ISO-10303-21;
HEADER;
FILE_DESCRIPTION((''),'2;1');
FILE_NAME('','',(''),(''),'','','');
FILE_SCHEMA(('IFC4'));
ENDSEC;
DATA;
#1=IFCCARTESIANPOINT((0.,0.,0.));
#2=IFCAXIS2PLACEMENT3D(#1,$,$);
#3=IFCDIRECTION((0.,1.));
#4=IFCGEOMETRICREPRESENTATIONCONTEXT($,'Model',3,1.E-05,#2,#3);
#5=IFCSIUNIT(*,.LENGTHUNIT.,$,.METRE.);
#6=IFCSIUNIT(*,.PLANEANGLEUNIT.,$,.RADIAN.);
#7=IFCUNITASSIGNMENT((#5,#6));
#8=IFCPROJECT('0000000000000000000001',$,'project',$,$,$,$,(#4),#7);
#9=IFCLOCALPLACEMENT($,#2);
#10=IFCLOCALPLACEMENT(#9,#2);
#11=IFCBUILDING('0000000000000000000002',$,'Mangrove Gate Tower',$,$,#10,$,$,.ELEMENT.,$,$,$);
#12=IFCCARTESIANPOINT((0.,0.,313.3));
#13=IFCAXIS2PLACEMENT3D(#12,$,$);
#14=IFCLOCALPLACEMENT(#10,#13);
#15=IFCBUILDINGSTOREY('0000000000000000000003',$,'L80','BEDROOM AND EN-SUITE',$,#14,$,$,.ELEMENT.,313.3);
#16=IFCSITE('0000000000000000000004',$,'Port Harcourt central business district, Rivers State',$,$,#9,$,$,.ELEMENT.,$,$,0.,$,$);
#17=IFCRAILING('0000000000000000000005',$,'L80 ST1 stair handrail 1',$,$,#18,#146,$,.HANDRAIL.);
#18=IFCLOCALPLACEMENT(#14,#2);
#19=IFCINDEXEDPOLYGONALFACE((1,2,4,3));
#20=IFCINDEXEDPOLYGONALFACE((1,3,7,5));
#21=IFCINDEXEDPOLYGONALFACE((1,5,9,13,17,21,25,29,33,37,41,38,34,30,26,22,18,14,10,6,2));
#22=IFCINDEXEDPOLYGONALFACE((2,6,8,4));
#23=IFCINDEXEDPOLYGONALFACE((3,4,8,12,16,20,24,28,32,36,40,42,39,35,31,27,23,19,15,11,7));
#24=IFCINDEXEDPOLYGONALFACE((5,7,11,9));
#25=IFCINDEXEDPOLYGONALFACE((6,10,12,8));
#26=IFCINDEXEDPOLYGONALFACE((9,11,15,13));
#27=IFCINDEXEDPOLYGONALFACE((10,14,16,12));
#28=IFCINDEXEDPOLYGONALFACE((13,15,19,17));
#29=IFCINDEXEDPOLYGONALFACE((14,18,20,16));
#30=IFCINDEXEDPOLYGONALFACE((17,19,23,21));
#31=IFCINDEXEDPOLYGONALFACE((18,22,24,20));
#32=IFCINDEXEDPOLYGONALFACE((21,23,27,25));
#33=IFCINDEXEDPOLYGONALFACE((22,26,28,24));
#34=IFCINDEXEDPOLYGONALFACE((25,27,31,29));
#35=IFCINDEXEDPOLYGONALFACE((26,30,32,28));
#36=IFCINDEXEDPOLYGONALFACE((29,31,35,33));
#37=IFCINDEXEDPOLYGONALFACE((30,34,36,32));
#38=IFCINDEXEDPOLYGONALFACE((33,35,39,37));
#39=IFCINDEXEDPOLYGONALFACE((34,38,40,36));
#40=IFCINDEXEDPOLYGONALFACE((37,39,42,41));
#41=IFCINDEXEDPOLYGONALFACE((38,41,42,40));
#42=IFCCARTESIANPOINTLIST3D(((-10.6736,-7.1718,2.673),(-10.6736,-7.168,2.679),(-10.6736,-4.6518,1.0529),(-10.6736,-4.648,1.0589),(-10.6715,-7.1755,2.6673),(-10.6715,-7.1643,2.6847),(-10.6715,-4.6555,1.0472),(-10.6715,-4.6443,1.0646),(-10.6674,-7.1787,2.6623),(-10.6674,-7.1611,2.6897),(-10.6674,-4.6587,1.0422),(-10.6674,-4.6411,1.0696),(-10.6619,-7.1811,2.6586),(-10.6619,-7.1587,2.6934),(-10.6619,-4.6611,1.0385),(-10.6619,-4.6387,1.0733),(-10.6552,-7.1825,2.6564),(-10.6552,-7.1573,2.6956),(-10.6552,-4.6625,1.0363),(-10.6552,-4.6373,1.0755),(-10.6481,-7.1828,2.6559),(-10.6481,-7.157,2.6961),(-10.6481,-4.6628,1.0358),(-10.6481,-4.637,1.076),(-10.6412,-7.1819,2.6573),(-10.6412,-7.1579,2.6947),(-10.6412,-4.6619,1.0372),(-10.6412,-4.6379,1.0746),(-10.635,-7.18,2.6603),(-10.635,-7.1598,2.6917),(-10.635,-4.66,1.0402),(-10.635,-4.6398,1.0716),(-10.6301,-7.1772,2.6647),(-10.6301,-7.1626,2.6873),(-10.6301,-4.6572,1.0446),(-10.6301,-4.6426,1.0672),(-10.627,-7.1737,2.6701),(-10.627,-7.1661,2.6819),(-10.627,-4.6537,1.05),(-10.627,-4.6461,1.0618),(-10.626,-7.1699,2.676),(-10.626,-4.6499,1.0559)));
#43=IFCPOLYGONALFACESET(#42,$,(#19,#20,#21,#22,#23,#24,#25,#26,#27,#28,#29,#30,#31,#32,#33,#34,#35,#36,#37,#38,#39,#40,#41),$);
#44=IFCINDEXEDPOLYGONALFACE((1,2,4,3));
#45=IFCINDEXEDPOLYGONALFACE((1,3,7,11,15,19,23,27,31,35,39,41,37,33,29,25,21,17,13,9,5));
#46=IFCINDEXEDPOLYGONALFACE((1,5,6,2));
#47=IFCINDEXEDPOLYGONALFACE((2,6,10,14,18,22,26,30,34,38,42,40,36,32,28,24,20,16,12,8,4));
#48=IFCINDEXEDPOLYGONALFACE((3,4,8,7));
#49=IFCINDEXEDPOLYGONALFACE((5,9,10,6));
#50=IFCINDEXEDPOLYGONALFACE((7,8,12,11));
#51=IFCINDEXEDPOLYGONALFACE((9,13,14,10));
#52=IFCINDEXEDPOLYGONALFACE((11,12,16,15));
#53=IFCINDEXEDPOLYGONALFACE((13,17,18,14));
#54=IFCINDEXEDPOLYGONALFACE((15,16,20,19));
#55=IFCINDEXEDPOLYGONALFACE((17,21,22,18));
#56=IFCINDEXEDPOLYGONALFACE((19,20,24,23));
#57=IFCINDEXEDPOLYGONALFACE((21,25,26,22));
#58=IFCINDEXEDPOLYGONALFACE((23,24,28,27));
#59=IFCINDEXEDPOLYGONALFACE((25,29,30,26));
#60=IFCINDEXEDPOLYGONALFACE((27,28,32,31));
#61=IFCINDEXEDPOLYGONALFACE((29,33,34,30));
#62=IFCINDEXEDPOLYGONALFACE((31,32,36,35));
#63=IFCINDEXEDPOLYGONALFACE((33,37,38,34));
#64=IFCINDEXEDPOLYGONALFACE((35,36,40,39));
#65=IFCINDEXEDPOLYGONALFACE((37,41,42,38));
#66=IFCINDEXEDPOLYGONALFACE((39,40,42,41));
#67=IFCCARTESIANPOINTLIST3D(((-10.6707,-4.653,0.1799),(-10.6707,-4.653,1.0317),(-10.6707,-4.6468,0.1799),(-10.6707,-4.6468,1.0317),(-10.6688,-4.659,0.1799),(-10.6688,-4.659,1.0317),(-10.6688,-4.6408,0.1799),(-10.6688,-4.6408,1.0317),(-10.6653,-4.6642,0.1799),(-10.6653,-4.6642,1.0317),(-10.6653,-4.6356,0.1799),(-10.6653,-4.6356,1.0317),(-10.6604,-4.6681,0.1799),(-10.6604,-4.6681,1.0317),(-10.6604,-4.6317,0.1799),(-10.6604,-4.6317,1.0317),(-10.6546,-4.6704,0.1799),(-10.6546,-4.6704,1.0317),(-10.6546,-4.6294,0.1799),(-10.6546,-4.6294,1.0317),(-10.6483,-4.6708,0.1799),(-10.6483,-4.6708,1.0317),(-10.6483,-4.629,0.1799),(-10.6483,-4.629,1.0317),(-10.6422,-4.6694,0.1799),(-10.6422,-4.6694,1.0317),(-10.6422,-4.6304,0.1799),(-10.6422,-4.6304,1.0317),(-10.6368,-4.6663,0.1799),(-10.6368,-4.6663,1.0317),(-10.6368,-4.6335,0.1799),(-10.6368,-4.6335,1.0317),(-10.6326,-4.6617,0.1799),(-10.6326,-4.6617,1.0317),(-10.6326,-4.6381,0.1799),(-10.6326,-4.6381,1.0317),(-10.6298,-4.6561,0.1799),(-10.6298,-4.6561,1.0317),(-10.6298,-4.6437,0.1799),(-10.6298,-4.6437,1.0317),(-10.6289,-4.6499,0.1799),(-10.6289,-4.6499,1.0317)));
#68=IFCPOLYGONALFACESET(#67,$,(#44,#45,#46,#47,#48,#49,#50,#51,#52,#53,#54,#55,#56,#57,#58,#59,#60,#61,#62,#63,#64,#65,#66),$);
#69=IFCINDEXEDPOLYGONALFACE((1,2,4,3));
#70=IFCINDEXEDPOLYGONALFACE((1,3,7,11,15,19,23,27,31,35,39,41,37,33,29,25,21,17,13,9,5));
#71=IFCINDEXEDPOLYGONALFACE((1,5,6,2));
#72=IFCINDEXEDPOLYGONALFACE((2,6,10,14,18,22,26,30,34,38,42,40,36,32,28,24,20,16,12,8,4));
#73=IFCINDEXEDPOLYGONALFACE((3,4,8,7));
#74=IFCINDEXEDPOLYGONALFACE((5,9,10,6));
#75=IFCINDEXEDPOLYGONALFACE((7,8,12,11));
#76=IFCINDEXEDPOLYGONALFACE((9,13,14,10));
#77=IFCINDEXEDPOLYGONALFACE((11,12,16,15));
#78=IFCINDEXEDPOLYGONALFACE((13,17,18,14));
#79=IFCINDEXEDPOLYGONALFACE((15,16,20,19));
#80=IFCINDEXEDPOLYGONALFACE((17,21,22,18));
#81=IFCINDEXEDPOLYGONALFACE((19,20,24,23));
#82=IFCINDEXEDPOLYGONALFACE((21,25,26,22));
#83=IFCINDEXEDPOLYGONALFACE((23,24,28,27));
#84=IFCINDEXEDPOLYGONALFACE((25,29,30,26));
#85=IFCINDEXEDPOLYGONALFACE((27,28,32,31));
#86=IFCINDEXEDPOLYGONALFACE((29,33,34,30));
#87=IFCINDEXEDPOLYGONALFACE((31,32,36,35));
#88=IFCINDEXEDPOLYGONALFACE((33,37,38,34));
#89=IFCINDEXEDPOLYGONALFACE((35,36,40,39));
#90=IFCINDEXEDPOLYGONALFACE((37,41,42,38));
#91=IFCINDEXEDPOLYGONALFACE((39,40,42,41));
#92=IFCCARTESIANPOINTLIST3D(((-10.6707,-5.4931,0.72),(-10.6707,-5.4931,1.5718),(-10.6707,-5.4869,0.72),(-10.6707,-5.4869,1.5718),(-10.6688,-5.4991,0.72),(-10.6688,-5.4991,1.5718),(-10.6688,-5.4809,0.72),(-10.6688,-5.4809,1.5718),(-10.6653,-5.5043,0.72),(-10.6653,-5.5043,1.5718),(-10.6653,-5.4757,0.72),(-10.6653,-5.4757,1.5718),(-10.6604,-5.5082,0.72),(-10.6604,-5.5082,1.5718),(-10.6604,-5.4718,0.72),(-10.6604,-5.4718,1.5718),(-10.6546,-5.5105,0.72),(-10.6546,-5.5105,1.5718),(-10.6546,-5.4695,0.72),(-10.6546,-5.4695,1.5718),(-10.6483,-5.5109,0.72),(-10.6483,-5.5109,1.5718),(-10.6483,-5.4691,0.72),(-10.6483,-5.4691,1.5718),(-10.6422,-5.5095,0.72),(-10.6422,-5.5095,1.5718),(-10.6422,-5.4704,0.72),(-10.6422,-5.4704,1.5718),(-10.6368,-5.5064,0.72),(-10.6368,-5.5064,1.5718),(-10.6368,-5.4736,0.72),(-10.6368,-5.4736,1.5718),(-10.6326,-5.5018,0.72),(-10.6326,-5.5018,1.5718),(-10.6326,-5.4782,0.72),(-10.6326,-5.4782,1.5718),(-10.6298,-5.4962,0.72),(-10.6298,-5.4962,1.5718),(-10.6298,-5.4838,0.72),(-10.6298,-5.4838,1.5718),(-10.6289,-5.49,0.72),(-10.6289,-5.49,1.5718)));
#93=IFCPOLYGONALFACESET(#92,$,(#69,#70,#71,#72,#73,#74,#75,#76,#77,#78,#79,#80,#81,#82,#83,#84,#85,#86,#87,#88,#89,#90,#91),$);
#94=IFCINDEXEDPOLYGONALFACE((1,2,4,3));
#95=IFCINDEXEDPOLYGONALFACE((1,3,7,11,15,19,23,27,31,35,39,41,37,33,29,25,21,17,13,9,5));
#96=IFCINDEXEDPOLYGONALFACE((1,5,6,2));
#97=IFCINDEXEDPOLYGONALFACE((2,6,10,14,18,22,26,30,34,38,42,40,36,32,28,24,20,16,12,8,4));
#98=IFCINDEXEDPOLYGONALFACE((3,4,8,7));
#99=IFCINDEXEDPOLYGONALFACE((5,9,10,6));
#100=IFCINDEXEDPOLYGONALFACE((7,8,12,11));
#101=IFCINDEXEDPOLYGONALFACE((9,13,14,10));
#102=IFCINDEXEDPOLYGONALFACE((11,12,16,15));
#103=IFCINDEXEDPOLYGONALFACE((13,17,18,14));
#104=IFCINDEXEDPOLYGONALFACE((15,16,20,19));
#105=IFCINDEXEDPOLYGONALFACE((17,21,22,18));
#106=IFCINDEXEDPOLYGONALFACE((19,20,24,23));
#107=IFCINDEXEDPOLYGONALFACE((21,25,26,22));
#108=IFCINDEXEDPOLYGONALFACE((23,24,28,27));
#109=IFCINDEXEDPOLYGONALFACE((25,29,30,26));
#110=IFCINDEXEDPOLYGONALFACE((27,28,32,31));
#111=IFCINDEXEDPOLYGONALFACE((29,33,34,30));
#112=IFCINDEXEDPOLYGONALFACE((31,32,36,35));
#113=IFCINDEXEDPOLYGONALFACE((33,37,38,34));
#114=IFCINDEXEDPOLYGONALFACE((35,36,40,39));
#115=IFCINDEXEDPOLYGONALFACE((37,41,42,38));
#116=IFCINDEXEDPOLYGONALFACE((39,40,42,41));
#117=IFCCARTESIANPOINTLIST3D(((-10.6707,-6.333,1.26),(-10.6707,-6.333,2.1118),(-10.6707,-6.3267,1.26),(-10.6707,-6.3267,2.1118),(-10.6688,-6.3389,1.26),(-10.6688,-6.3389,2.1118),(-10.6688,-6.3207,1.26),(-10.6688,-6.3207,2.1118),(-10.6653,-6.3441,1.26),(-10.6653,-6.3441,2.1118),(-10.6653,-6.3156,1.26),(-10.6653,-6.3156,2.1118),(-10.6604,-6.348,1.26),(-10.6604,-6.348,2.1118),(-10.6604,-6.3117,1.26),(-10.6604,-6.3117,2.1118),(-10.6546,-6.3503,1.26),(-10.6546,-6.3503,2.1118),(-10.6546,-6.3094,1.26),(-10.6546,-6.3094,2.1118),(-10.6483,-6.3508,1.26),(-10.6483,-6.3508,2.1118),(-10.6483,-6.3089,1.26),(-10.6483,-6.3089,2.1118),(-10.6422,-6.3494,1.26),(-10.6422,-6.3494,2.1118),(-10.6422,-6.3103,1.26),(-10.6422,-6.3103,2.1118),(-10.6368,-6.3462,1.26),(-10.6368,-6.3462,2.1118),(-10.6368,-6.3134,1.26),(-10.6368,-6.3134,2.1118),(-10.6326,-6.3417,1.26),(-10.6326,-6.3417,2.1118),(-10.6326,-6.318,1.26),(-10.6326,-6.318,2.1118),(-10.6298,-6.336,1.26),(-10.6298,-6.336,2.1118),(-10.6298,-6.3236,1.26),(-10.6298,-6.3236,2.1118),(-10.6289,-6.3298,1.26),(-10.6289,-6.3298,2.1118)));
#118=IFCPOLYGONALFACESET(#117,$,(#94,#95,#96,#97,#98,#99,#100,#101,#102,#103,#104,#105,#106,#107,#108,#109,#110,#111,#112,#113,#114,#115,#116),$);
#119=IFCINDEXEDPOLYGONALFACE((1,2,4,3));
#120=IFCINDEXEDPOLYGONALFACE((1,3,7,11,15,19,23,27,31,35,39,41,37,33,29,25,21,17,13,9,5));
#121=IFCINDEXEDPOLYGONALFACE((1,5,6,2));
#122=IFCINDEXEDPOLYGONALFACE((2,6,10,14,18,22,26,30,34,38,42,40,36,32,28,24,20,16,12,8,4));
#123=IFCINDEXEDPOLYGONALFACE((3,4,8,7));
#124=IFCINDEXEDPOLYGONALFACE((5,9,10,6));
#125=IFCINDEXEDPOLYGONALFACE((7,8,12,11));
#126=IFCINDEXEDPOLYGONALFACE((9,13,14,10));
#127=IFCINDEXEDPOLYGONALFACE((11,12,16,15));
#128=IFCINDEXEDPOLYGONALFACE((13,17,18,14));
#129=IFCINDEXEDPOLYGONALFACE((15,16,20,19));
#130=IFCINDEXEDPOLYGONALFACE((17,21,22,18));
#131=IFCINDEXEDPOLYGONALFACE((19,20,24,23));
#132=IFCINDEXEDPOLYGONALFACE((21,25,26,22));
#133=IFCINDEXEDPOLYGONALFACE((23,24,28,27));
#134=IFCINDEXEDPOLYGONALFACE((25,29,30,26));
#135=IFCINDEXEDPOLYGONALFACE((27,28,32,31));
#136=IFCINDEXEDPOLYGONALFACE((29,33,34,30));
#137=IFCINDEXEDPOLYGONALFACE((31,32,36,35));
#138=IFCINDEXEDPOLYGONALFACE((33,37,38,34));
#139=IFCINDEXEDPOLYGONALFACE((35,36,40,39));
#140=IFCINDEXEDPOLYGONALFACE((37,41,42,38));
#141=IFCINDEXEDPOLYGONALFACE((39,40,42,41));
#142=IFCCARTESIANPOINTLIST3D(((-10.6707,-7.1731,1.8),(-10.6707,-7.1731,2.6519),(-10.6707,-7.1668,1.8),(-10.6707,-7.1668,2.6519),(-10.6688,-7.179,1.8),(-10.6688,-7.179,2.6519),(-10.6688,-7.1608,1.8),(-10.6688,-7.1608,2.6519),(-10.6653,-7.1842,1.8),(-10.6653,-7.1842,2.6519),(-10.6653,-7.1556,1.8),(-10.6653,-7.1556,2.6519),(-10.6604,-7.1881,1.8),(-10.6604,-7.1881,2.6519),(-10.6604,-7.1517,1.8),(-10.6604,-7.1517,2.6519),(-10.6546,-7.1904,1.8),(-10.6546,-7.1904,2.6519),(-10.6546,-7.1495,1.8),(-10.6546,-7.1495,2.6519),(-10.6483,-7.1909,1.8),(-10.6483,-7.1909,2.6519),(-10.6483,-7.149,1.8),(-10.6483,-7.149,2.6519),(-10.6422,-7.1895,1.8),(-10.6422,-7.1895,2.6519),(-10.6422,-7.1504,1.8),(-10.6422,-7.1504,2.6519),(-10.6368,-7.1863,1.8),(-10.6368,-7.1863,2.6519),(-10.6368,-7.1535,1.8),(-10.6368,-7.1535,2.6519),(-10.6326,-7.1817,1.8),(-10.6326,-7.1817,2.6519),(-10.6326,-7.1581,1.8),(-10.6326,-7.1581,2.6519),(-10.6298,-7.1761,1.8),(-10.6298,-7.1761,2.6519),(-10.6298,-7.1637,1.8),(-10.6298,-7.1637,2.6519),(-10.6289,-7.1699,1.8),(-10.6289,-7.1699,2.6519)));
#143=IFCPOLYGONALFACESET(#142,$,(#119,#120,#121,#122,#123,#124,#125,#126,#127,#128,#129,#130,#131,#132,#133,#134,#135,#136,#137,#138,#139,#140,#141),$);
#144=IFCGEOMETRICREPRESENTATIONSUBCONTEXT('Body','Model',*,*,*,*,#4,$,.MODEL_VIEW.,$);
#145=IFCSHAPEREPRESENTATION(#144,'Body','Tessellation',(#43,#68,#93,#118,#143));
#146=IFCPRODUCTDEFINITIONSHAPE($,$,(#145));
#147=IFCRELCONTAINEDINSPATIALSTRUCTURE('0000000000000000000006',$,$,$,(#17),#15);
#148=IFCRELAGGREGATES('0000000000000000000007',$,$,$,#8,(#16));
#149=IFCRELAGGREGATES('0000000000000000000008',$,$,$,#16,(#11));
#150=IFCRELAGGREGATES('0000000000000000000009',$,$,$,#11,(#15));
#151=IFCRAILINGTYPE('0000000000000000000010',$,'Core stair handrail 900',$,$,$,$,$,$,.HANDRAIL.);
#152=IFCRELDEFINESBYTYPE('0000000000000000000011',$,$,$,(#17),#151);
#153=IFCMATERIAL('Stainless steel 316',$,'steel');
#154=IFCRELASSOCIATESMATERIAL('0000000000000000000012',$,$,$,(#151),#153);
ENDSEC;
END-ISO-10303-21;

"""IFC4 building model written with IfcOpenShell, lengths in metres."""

from ifc_helpers import new_model, si_unit, direction, frame, origin, origin_2d, place, context, subcontext, project, spatial, circle, extrude, material, type_object, element, save


model = new_model("IFC4")

# Units and contexts
model_context = context("Model", 3, precision=1e-05, world=origin(), true_north=direction((0.0, 1.0)))
body_context = subcontext(model_context, "Body", "Model", "MODEL_VIEW")
ifc_project = project(units=[si_unit("LENGTHUNIT", "METRE"), si_unit("PLANEANGLEUNIT", "RADIAN")], contexts=[model_context])

# Site, building, storey
site_placement = place(None, origin())
site = spatial("IfcSite", under=ifc_project, at=site_placement, Name="Port Harcourt central business district, Rivers State", CompositionType="ELEMENT", RefElevation=0.0)
building_placement = place(site_placement, origin())
building = spatial("IfcBuilding", under=site, at=building_placement, Name="Mangrove Gate Tower", CompositionType="ELEMENT")
storey_placement = place(building_placement, frame((0.0, 0.0, 313.3)))
storey = spatial("IfcBuildingStorey", under=building, at=storey_placement, Name="L80", Description="BEDROOM AND EN-SUITE", CompositionType="ELEMENT", Elevation=313.3)

# Railing
ifc_material_1 = material(Name="Stainless steel 316", Category="steel")
railing_type_1 = type_object("IfcRailingType", Name="Core stair handrail 900", PredefinedType="HANDRAIL", material=ifc_material_1)
railing_1_placement = place(storey_placement, frame((-10.6499, -4.6499, 0.1799)))
element("IfcRailing", 1, at=railing_1_placement, inside=storey, type_object=railing_type_1, Name="L80 ST1 stair handrail 1", PredefinedType="HANDRAIL", context=body_context, shape_type="SweptSolid", body=[
    extrude(circle(Radius=0.0239, at=origin_2d()), frame((0.0, 0.0, 0.876), z_axis=(0.0, -0.841163, 0.540782), x_axis=(1.0, 0.0, 0.0)), (0.0, 0.0, 1.0), 2.9958),
    extrude(circle(Radius=0.021, at=origin_2d()), origin(), (0.0, 0.0, 1.0), 0.8518),
    extrude(circle(Radius=0.021, at=origin_2d()), frame((0.0, -0.8401, 0.54)), (0.0, 0.0, 1.0), 0.8518),
    extrude(circle(Radius=0.021, at=origin_2d()), frame((0.0, -1.6799, 1.0801)), (0.0, 0.0, 1.0), 0.8518),
    extrude(circle(Radius=0.021, at=origin_2d()), frame((0.0, -2.52, 1.6201)), (0.0, 0.0, 1.0), 0.8518),
])

save(model, "model.ifc")
